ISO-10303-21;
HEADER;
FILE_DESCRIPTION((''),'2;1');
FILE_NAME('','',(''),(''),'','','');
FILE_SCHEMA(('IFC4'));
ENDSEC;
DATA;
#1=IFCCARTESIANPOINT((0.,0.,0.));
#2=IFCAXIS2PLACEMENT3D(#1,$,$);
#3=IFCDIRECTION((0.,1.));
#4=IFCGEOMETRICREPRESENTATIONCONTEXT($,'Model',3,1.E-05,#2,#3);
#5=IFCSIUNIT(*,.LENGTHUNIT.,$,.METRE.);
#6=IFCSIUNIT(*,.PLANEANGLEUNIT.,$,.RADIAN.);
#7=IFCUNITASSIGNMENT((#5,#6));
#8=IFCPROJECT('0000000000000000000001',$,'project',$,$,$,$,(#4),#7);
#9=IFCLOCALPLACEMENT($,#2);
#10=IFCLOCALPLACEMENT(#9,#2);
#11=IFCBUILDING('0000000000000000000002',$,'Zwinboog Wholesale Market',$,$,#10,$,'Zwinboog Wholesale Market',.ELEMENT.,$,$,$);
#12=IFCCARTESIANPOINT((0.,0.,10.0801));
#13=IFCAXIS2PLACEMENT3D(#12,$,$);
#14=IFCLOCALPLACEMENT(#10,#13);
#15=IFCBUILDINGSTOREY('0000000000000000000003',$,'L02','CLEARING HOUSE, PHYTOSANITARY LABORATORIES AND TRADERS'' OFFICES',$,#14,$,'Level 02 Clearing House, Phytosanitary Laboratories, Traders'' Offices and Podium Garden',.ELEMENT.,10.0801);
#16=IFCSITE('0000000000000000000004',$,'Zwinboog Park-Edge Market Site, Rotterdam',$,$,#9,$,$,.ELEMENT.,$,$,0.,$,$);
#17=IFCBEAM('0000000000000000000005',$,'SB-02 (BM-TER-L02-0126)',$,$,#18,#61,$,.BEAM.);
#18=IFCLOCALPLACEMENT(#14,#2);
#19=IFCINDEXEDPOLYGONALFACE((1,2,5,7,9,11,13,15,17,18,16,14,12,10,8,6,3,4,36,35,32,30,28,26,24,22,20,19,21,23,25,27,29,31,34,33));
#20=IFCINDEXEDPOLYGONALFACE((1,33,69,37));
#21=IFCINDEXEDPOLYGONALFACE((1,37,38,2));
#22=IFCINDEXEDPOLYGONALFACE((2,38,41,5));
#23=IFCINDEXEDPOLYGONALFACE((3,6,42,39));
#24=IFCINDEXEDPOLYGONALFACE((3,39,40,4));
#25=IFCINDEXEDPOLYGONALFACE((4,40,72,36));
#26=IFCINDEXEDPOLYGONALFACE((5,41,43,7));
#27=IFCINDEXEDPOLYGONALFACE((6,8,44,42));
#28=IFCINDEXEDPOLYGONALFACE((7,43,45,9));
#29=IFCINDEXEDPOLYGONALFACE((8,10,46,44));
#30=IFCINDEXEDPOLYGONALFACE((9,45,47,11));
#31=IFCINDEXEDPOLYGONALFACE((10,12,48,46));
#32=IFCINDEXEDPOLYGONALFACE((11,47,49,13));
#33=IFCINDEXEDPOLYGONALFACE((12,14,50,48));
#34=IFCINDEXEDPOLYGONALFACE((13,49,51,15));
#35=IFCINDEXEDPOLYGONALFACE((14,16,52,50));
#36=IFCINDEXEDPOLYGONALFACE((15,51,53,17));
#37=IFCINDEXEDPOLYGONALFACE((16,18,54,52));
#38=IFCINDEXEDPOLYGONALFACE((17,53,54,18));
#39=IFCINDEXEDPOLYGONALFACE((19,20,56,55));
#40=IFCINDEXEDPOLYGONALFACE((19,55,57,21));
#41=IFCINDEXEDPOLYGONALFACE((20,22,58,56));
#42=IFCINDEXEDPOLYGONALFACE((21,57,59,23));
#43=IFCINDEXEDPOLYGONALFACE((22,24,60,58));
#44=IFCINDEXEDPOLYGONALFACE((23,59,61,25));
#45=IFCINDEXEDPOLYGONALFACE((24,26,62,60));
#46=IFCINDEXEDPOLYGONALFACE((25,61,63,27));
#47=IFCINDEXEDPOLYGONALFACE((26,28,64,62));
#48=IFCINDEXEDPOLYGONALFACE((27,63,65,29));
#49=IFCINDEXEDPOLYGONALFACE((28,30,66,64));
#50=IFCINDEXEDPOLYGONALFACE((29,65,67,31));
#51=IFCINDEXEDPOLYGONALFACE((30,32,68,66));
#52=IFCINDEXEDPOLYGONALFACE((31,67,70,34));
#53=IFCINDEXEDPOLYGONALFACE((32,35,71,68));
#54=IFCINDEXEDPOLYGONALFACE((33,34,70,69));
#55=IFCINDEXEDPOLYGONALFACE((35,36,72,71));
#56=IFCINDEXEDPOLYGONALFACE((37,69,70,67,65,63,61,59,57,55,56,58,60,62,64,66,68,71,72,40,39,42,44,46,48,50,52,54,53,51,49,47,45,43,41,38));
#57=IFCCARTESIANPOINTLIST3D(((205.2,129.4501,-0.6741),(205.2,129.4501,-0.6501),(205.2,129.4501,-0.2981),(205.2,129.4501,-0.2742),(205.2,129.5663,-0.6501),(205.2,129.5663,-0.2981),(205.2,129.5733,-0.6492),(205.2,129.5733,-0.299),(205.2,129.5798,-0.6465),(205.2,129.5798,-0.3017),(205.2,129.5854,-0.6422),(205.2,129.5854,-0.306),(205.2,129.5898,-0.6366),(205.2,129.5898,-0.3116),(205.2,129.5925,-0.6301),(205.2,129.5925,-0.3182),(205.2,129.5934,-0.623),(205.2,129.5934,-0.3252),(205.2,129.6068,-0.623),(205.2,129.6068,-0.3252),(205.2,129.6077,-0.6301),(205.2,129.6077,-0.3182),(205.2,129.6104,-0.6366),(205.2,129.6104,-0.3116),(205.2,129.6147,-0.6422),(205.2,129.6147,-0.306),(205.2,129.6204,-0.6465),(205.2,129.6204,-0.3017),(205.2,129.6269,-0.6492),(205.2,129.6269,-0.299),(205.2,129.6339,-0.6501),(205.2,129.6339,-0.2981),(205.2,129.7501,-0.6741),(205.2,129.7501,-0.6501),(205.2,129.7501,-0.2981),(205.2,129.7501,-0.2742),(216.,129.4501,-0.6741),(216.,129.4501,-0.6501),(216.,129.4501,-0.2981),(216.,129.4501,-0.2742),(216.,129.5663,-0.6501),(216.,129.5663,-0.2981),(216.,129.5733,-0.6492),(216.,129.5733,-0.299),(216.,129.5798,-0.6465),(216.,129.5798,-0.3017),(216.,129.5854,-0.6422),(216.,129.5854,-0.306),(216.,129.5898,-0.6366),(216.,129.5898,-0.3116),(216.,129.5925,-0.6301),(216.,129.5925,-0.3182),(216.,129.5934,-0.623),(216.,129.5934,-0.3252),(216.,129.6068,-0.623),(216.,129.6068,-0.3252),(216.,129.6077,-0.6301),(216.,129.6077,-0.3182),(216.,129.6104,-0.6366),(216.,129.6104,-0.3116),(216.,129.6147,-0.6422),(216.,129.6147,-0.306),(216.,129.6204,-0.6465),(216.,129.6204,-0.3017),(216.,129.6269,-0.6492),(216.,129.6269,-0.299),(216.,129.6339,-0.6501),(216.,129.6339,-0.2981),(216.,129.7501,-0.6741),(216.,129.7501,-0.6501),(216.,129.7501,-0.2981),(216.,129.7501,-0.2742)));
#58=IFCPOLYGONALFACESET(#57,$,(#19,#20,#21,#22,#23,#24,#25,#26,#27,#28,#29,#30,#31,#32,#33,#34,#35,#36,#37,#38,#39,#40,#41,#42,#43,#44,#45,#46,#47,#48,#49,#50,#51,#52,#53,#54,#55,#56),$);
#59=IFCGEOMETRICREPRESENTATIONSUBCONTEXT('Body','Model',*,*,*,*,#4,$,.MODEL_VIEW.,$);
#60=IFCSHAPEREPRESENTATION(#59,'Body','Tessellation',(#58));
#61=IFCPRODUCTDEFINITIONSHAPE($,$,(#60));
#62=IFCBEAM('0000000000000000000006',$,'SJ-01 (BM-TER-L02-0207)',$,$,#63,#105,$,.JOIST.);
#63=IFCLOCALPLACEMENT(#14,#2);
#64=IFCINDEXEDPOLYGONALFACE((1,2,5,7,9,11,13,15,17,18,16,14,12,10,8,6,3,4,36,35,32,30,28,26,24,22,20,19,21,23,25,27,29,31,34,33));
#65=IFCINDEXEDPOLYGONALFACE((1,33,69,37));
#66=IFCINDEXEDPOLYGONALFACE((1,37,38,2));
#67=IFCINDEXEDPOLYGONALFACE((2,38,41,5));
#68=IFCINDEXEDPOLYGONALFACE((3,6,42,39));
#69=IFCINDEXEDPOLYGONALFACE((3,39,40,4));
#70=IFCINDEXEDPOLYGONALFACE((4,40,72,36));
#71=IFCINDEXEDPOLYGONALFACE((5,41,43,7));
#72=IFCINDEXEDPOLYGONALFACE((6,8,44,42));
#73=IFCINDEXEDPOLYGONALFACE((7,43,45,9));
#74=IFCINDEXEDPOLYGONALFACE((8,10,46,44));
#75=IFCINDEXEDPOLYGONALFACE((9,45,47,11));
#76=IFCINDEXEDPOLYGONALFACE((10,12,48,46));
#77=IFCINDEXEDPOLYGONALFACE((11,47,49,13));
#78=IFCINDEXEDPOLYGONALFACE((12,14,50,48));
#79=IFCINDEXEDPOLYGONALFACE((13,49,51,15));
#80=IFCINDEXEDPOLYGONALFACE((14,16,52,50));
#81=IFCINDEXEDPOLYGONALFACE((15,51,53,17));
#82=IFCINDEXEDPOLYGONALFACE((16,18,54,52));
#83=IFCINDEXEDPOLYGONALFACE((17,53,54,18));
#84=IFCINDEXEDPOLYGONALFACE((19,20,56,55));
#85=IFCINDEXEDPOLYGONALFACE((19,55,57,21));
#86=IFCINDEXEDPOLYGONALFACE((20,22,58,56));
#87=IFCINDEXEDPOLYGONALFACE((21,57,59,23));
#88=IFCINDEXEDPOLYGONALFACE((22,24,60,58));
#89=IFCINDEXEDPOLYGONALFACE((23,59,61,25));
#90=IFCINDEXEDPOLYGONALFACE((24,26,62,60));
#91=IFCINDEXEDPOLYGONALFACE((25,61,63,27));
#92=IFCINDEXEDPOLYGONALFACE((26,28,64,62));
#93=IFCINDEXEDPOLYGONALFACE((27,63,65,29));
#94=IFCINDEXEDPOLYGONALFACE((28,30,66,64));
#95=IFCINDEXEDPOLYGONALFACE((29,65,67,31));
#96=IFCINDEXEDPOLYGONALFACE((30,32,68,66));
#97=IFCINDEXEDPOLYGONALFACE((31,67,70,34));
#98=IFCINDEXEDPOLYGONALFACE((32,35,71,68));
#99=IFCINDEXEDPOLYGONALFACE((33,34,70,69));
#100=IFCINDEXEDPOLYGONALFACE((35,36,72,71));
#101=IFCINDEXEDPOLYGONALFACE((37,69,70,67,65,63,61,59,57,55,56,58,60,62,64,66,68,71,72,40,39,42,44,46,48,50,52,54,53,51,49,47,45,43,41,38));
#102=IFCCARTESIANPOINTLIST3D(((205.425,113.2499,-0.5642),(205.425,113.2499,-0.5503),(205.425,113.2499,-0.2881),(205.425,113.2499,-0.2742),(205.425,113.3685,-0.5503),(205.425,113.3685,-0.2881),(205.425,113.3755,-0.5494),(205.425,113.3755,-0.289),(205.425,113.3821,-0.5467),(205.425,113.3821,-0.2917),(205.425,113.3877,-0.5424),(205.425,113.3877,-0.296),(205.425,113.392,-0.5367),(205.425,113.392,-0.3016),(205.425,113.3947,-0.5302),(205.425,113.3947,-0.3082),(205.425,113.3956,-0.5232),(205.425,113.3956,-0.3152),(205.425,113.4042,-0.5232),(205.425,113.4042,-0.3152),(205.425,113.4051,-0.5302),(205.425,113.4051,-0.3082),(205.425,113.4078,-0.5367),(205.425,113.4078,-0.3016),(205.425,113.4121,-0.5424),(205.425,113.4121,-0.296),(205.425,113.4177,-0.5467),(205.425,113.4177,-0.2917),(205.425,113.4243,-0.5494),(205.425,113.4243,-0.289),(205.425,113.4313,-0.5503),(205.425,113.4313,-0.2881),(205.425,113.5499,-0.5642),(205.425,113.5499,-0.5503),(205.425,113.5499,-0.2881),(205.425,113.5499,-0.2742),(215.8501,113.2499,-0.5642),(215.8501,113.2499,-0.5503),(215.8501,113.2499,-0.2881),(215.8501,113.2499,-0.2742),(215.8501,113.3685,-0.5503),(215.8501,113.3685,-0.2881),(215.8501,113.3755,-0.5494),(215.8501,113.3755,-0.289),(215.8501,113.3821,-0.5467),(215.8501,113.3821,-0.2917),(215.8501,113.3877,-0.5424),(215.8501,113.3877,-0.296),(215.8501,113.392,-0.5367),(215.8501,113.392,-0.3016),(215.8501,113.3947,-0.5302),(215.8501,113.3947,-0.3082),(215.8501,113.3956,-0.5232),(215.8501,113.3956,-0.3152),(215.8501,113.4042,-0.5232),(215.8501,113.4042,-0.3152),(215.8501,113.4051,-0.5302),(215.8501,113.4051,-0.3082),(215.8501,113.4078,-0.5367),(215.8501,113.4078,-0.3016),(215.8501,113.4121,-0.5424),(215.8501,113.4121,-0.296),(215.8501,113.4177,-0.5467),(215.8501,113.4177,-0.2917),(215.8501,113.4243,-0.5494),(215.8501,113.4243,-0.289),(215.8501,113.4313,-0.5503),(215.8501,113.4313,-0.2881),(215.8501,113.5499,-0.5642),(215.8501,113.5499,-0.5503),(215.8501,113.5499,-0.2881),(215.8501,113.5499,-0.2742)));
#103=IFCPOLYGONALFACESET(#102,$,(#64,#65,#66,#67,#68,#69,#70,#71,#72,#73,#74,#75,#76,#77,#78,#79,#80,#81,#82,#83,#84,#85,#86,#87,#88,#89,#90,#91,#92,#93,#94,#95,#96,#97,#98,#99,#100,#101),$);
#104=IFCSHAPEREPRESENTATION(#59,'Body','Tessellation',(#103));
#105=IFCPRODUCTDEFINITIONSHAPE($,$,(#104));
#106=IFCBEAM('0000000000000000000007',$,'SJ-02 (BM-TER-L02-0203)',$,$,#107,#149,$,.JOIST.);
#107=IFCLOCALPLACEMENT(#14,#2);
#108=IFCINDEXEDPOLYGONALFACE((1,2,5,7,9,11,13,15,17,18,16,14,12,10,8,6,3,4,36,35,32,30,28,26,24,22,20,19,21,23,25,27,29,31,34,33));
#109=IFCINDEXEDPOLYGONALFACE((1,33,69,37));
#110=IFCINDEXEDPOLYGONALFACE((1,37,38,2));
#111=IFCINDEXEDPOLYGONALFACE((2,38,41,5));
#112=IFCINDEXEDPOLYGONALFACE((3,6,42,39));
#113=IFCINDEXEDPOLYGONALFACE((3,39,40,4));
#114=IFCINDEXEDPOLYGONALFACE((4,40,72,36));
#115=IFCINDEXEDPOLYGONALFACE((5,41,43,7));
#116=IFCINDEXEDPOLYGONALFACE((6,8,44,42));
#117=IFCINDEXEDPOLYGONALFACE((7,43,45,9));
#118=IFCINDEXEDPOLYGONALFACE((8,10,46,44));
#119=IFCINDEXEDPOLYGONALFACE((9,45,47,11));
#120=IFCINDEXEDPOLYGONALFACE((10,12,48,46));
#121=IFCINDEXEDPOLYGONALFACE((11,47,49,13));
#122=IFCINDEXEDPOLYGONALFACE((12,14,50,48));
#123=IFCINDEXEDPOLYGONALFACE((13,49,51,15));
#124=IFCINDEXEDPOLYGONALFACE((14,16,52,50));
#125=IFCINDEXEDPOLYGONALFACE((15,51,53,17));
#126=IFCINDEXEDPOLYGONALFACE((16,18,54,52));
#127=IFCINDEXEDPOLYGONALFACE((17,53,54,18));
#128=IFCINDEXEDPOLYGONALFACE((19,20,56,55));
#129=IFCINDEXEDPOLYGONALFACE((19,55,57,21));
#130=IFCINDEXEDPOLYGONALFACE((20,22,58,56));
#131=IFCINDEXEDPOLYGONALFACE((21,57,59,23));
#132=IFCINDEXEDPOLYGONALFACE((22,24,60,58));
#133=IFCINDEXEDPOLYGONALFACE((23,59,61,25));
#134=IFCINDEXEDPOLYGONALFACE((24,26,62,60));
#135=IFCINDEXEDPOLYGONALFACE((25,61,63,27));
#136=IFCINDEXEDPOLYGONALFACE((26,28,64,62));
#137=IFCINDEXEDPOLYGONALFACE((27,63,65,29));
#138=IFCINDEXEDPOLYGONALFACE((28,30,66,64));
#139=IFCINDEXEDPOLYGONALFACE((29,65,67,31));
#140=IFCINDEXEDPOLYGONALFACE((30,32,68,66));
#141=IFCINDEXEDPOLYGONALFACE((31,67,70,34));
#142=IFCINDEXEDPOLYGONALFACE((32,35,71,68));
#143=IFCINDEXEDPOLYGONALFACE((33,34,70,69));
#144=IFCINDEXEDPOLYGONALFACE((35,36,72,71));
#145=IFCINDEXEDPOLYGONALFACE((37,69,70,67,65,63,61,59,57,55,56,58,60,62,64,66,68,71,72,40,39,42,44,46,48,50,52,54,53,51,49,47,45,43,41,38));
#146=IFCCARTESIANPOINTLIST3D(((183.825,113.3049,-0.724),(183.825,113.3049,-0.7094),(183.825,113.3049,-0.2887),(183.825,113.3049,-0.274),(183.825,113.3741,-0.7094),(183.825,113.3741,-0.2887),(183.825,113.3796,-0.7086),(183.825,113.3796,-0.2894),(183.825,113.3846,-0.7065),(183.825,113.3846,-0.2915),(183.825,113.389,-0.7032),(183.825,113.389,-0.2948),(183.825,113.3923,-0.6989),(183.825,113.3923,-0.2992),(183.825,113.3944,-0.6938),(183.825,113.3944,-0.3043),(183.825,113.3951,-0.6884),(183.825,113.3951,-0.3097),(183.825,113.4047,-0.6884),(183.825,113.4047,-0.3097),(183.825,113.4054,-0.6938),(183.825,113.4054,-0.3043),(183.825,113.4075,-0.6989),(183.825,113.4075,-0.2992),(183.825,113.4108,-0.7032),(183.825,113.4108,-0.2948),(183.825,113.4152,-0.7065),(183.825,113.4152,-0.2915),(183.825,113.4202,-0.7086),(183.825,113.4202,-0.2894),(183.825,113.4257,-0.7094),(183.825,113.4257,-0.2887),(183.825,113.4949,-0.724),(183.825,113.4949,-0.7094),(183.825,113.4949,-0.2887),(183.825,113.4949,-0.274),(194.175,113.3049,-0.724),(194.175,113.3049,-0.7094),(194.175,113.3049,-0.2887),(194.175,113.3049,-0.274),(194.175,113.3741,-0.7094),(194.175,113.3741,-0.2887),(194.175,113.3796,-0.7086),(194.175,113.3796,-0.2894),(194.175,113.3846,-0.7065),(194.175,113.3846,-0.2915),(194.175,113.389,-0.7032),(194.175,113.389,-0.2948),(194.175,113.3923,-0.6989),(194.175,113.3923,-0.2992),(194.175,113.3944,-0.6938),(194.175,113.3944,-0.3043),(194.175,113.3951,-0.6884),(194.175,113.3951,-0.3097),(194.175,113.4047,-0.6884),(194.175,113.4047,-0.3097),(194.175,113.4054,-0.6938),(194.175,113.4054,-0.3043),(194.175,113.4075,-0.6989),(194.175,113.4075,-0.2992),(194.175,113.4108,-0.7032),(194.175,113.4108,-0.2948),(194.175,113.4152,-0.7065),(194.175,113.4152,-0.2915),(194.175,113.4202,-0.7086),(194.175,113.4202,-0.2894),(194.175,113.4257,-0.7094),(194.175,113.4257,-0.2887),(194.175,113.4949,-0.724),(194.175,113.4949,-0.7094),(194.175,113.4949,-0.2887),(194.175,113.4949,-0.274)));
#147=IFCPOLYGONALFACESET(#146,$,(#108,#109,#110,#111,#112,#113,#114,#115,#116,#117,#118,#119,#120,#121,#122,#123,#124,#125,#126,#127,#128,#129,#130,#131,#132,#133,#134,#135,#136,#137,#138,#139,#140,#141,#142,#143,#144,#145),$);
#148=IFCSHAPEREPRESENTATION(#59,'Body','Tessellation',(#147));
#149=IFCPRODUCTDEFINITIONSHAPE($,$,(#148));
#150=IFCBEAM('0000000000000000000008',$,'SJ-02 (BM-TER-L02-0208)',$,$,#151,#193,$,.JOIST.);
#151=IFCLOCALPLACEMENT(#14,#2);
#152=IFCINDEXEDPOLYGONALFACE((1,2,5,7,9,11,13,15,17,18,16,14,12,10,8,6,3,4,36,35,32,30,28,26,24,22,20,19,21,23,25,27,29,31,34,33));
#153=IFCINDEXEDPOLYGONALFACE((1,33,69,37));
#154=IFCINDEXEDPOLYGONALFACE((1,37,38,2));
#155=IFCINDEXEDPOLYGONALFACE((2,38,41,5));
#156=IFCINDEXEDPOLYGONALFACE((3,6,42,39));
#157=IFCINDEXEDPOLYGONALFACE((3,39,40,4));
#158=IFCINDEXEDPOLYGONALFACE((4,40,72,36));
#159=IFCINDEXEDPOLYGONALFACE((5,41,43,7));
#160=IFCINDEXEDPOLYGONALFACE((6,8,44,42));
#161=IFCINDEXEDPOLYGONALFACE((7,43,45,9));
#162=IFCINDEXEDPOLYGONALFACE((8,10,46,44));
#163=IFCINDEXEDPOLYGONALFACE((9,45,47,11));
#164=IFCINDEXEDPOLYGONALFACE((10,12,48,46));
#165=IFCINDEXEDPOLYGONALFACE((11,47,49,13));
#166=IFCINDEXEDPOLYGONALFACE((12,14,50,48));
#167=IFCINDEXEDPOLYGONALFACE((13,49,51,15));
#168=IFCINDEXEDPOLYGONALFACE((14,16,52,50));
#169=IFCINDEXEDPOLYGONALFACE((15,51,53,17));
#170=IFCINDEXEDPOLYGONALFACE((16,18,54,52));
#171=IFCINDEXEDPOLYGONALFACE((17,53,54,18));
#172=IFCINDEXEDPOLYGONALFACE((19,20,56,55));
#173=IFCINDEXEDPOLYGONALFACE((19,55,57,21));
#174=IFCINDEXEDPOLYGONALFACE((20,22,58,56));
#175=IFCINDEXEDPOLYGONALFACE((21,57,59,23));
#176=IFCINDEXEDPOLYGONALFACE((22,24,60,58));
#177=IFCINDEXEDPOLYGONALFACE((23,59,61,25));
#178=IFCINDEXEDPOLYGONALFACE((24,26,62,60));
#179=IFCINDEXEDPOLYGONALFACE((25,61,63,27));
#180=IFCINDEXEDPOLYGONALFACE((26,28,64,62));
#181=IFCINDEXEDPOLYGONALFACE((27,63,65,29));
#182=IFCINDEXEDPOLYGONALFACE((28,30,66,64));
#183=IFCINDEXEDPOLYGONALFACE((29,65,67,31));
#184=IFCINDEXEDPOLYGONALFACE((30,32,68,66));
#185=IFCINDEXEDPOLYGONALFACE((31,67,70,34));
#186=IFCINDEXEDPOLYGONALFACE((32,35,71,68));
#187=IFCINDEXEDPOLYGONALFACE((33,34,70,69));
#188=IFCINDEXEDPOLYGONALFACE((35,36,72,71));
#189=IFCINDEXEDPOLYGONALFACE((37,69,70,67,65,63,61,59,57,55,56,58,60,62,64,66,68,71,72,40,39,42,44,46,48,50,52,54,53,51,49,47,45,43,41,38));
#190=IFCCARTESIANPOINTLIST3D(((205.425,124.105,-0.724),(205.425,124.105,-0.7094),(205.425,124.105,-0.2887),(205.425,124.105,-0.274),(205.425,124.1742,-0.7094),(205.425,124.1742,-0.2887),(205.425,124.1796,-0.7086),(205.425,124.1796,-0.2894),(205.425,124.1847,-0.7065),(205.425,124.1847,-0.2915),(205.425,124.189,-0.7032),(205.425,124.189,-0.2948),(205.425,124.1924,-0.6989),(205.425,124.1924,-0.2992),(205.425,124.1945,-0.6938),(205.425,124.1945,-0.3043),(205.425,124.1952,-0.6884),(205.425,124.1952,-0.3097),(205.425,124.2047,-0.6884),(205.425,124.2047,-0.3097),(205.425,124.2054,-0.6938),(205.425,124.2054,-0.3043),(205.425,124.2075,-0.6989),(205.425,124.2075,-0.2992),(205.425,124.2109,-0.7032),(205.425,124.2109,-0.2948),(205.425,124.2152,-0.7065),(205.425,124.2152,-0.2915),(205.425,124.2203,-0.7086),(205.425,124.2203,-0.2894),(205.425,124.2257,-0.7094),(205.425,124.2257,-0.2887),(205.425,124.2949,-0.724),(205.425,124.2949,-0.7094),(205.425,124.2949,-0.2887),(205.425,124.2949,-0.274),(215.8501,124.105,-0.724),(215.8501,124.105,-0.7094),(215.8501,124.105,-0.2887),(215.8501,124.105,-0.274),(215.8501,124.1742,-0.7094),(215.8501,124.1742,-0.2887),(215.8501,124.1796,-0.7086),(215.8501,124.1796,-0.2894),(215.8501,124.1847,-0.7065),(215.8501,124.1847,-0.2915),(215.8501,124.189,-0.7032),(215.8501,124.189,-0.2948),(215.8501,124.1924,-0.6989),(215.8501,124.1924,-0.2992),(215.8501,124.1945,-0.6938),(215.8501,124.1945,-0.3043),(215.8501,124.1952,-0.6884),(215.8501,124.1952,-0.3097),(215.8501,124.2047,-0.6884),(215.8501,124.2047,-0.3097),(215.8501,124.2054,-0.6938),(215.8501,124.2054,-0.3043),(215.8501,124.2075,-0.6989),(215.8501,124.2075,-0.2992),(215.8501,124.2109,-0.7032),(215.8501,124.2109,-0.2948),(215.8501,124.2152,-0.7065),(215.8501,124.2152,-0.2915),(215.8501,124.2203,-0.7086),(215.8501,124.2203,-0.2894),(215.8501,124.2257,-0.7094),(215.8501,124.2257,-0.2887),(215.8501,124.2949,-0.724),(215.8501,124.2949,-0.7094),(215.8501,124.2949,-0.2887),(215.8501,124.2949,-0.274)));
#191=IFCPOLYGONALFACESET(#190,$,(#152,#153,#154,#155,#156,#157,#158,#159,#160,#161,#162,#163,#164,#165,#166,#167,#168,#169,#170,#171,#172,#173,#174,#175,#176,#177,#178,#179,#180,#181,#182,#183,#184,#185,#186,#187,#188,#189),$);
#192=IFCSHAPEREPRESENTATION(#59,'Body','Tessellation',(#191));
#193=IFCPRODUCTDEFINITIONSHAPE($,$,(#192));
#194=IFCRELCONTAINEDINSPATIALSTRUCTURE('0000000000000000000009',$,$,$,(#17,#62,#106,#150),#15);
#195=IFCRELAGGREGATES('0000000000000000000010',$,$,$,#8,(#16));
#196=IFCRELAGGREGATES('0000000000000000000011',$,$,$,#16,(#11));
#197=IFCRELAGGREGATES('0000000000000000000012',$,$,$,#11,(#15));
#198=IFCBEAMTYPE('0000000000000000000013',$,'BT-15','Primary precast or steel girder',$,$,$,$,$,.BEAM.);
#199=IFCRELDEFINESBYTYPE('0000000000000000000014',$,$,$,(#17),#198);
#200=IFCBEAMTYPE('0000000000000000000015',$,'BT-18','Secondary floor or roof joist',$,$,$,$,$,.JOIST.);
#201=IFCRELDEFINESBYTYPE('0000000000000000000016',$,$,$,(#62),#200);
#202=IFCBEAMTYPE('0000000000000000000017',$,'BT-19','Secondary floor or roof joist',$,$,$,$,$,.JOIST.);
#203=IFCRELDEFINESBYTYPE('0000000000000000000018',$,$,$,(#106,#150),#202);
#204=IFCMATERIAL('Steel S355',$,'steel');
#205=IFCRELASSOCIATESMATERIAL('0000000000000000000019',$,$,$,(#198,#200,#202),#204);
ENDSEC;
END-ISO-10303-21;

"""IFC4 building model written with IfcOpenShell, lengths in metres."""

from ifc_helpers import new_model, si_unit, direction, frame, origin, origin_2d, place, context, subcontext, project, spatial, i_section, extrude, material, material_profile, profile_set, type_object, element, save


model = new_model("IFC4")

# Units and contexts
model_context = context("Model", 3, precision=1e-05, world=origin(), true_north=direction((0.0, 1.0)))
body_context = subcontext(model_context, "Body", "Model", "MODEL_VIEW")
ifc_project = project(units=[si_unit("LENGTHUNIT", "METRE"), si_unit("PLANEANGLEUNIT", "RADIAN")], contexts=[model_context])

# Site, building, storey
site_placement = place(None, origin())
site = spatial("IfcSite", under=ifc_project, at=site_placement, Name="Zwinboog Park-Edge Market Site, Rotterdam", CompositionType="ELEMENT", RefElevation=0.0)
building_placement = place(site_placement, origin())
building = spatial("IfcBuilding", under=site, at=building_placement, Name="Zwinboog Wholesale Market", LongName="Zwinboog Wholesale Market", CompositionType="ELEMENT")
storey_placement = place(building_placement, frame((0.0, 0.0, 10.0801)))
storey = spatial("IfcBuildingStorey", under=building, at=storey_placement, Name="L02", Description="CLEARING HOUSE, PHYTOSANITARY LABORATORIES AND TRADERS' OFFICES", LongName="Level 02 Clearing House, Phytosanitary Laboratories, Traders' Offices and Podium Garden", CompositionType="ELEMENT", Elevation=10.0801)

# Beams
ifc_material_1 = material(Name="Steel S355", Category="steel")
ifc_material_profile_1 = material_profile(ifc_material_1, i_section(OverallWidth=0.3, OverallDepth=0.3999, WebThickness=0.0134, FlangeThickness=0.0239, FilletRadius=0.0271, at=origin_2d()), Name="HEB 400")
ifc_profile_set_1 = profile_set([ifc_material_profile_1], Name="Steel S355")
beam_type_1 = type_object("IfcBeamType", Name="BT-15", Description="Primary precast or steel girder", PredefinedType="BEAM", material=ifc_profile_set_1)
for number, where, z_axis, x_axis, name in (
    (1, (205.2, 129.6001, -0.4741), (1.0, 0.0, 0.0), (0.0, 1.0, 0.0), "SB-02 (BM-TER-L02-0126)"),
):
    element("IfcBeam", number, at=place(storey_placement, frame(where, z_axis=z_axis, x_axis=x_axis)), inside=storey, type_object=beam_type_1, Name=name, PredefinedType="BEAM", context=body_context, shape_type="SweptSolid", body=[
        extrude(i_section(OverallWidth=0.3, OverallDepth=0.3999, WebThickness=0.0134, FlangeThickness=0.0239, FilletRadius=0.0271, at=origin_2d()), origin(), (0.0, 0.0, 1.0), 10.8),
    ])
ifc_material_profile_2 = material_profile(ifc_material_1, i_section(OverallWidth=0.3, OverallDepth=0.29, WebThickness=0.0085, FlangeThickness=0.0139, FilletRadius=0.0271, at=origin_2d()), Name="HEA 300")
ifc_profile_set_2 = profile_set([ifc_material_profile_2], Name="Steel S355")
beam_type_2 = type_object("IfcBeamType", Name="BT-18", Description="Secondary floor or roof joist", PredefinedType="JOIST", material=ifc_profile_set_2)
beam_1_placement = place(storey_placement, frame((205.425, 113.3999, -0.4192), z_axis=(1.0, 0.0, 0.0), x_axis=(0.0, 1.0, 0.0)))
element("IfcBeam", 2, at=beam_1_placement, inside=storey, type_object=beam_type_2, Name="SJ-01 (BM-TER-L02-0207)", PredefinedType="JOIST", context=body_context, shape_type="SweptSolid", body=[
    extrude(i_section(OverallWidth=0.3, OverallDepth=0.29, WebThickness=0.0085, FlangeThickness=0.0139, FilletRadius=0.0271, at=origin_2d()), origin(), (0.0, 0.0, 1.0), 10.425),
])
ifc_material_profile_3 = material_profile(ifc_material_1, i_section(OverallWidth=0.1899, OverallDepth=0.45, WebThickness=0.0095, FlangeThickness=0.0146, FilletRadius=0.021, at=origin_2d()), Name="IPE 450")
ifc_profile_set_3 = profile_set([ifc_material_profile_3], Name="Steel S355")
beam_type_3 = type_object("IfcBeamType", Name="BT-19", Description="Secondary floor or roof joist", PredefinedType="JOIST", material=ifc_profile_set_3)
beam_2_placement = place(storey_placement, frame((183.825, 113.3999, -0.499), z_axis=(1.0, 0.0, 0.0), x_axis=(0.0, 1.0, 0.0)))
element("IfcBeam", 3, at=beam_2_placement, inside=storey, type_object=beam_type_3, Name="SJ-02 (BM-TER-L02-0203)", PredefinedType="JOIST", context=body_context, shape_type="SweptSolid", body=[
    extrude(i_section(OverallWidth=0.1899, OverallDepth=0.45, WebThickness=0.0095, FlangeThickness=0.0146, FilletRadius=0.021, at=origin_2d()), origin(), (0.0, 0.0, 1.0), 10.3501),
])
beam_3_placement = place(storey_placement, frame((205.425, 124.2, -0.499), z_axis=(1.0, 0.0, 0.0), x_axis=(0.0, 1.0, 0.0)))
element("IfcBeam", 4, at=beam_3_placement, inside=storey, type_object=beam_type_3, Name="SJ-02 (BM-TER-L02-0208)", PredefinedType="JOIST", context=body_context, shape_type="SweptSolid", body=[
    extrude(i_section(OverallWidth=0.1899, OverallDepth=0.45, WebThickness=0.0095, FlangeThickness=0.0146, FilletRadius=0.021, at=origin_2d()), origin(), (0.0, 0.0, 1.0), 10.425),
])

save(model, "model.ifc")
